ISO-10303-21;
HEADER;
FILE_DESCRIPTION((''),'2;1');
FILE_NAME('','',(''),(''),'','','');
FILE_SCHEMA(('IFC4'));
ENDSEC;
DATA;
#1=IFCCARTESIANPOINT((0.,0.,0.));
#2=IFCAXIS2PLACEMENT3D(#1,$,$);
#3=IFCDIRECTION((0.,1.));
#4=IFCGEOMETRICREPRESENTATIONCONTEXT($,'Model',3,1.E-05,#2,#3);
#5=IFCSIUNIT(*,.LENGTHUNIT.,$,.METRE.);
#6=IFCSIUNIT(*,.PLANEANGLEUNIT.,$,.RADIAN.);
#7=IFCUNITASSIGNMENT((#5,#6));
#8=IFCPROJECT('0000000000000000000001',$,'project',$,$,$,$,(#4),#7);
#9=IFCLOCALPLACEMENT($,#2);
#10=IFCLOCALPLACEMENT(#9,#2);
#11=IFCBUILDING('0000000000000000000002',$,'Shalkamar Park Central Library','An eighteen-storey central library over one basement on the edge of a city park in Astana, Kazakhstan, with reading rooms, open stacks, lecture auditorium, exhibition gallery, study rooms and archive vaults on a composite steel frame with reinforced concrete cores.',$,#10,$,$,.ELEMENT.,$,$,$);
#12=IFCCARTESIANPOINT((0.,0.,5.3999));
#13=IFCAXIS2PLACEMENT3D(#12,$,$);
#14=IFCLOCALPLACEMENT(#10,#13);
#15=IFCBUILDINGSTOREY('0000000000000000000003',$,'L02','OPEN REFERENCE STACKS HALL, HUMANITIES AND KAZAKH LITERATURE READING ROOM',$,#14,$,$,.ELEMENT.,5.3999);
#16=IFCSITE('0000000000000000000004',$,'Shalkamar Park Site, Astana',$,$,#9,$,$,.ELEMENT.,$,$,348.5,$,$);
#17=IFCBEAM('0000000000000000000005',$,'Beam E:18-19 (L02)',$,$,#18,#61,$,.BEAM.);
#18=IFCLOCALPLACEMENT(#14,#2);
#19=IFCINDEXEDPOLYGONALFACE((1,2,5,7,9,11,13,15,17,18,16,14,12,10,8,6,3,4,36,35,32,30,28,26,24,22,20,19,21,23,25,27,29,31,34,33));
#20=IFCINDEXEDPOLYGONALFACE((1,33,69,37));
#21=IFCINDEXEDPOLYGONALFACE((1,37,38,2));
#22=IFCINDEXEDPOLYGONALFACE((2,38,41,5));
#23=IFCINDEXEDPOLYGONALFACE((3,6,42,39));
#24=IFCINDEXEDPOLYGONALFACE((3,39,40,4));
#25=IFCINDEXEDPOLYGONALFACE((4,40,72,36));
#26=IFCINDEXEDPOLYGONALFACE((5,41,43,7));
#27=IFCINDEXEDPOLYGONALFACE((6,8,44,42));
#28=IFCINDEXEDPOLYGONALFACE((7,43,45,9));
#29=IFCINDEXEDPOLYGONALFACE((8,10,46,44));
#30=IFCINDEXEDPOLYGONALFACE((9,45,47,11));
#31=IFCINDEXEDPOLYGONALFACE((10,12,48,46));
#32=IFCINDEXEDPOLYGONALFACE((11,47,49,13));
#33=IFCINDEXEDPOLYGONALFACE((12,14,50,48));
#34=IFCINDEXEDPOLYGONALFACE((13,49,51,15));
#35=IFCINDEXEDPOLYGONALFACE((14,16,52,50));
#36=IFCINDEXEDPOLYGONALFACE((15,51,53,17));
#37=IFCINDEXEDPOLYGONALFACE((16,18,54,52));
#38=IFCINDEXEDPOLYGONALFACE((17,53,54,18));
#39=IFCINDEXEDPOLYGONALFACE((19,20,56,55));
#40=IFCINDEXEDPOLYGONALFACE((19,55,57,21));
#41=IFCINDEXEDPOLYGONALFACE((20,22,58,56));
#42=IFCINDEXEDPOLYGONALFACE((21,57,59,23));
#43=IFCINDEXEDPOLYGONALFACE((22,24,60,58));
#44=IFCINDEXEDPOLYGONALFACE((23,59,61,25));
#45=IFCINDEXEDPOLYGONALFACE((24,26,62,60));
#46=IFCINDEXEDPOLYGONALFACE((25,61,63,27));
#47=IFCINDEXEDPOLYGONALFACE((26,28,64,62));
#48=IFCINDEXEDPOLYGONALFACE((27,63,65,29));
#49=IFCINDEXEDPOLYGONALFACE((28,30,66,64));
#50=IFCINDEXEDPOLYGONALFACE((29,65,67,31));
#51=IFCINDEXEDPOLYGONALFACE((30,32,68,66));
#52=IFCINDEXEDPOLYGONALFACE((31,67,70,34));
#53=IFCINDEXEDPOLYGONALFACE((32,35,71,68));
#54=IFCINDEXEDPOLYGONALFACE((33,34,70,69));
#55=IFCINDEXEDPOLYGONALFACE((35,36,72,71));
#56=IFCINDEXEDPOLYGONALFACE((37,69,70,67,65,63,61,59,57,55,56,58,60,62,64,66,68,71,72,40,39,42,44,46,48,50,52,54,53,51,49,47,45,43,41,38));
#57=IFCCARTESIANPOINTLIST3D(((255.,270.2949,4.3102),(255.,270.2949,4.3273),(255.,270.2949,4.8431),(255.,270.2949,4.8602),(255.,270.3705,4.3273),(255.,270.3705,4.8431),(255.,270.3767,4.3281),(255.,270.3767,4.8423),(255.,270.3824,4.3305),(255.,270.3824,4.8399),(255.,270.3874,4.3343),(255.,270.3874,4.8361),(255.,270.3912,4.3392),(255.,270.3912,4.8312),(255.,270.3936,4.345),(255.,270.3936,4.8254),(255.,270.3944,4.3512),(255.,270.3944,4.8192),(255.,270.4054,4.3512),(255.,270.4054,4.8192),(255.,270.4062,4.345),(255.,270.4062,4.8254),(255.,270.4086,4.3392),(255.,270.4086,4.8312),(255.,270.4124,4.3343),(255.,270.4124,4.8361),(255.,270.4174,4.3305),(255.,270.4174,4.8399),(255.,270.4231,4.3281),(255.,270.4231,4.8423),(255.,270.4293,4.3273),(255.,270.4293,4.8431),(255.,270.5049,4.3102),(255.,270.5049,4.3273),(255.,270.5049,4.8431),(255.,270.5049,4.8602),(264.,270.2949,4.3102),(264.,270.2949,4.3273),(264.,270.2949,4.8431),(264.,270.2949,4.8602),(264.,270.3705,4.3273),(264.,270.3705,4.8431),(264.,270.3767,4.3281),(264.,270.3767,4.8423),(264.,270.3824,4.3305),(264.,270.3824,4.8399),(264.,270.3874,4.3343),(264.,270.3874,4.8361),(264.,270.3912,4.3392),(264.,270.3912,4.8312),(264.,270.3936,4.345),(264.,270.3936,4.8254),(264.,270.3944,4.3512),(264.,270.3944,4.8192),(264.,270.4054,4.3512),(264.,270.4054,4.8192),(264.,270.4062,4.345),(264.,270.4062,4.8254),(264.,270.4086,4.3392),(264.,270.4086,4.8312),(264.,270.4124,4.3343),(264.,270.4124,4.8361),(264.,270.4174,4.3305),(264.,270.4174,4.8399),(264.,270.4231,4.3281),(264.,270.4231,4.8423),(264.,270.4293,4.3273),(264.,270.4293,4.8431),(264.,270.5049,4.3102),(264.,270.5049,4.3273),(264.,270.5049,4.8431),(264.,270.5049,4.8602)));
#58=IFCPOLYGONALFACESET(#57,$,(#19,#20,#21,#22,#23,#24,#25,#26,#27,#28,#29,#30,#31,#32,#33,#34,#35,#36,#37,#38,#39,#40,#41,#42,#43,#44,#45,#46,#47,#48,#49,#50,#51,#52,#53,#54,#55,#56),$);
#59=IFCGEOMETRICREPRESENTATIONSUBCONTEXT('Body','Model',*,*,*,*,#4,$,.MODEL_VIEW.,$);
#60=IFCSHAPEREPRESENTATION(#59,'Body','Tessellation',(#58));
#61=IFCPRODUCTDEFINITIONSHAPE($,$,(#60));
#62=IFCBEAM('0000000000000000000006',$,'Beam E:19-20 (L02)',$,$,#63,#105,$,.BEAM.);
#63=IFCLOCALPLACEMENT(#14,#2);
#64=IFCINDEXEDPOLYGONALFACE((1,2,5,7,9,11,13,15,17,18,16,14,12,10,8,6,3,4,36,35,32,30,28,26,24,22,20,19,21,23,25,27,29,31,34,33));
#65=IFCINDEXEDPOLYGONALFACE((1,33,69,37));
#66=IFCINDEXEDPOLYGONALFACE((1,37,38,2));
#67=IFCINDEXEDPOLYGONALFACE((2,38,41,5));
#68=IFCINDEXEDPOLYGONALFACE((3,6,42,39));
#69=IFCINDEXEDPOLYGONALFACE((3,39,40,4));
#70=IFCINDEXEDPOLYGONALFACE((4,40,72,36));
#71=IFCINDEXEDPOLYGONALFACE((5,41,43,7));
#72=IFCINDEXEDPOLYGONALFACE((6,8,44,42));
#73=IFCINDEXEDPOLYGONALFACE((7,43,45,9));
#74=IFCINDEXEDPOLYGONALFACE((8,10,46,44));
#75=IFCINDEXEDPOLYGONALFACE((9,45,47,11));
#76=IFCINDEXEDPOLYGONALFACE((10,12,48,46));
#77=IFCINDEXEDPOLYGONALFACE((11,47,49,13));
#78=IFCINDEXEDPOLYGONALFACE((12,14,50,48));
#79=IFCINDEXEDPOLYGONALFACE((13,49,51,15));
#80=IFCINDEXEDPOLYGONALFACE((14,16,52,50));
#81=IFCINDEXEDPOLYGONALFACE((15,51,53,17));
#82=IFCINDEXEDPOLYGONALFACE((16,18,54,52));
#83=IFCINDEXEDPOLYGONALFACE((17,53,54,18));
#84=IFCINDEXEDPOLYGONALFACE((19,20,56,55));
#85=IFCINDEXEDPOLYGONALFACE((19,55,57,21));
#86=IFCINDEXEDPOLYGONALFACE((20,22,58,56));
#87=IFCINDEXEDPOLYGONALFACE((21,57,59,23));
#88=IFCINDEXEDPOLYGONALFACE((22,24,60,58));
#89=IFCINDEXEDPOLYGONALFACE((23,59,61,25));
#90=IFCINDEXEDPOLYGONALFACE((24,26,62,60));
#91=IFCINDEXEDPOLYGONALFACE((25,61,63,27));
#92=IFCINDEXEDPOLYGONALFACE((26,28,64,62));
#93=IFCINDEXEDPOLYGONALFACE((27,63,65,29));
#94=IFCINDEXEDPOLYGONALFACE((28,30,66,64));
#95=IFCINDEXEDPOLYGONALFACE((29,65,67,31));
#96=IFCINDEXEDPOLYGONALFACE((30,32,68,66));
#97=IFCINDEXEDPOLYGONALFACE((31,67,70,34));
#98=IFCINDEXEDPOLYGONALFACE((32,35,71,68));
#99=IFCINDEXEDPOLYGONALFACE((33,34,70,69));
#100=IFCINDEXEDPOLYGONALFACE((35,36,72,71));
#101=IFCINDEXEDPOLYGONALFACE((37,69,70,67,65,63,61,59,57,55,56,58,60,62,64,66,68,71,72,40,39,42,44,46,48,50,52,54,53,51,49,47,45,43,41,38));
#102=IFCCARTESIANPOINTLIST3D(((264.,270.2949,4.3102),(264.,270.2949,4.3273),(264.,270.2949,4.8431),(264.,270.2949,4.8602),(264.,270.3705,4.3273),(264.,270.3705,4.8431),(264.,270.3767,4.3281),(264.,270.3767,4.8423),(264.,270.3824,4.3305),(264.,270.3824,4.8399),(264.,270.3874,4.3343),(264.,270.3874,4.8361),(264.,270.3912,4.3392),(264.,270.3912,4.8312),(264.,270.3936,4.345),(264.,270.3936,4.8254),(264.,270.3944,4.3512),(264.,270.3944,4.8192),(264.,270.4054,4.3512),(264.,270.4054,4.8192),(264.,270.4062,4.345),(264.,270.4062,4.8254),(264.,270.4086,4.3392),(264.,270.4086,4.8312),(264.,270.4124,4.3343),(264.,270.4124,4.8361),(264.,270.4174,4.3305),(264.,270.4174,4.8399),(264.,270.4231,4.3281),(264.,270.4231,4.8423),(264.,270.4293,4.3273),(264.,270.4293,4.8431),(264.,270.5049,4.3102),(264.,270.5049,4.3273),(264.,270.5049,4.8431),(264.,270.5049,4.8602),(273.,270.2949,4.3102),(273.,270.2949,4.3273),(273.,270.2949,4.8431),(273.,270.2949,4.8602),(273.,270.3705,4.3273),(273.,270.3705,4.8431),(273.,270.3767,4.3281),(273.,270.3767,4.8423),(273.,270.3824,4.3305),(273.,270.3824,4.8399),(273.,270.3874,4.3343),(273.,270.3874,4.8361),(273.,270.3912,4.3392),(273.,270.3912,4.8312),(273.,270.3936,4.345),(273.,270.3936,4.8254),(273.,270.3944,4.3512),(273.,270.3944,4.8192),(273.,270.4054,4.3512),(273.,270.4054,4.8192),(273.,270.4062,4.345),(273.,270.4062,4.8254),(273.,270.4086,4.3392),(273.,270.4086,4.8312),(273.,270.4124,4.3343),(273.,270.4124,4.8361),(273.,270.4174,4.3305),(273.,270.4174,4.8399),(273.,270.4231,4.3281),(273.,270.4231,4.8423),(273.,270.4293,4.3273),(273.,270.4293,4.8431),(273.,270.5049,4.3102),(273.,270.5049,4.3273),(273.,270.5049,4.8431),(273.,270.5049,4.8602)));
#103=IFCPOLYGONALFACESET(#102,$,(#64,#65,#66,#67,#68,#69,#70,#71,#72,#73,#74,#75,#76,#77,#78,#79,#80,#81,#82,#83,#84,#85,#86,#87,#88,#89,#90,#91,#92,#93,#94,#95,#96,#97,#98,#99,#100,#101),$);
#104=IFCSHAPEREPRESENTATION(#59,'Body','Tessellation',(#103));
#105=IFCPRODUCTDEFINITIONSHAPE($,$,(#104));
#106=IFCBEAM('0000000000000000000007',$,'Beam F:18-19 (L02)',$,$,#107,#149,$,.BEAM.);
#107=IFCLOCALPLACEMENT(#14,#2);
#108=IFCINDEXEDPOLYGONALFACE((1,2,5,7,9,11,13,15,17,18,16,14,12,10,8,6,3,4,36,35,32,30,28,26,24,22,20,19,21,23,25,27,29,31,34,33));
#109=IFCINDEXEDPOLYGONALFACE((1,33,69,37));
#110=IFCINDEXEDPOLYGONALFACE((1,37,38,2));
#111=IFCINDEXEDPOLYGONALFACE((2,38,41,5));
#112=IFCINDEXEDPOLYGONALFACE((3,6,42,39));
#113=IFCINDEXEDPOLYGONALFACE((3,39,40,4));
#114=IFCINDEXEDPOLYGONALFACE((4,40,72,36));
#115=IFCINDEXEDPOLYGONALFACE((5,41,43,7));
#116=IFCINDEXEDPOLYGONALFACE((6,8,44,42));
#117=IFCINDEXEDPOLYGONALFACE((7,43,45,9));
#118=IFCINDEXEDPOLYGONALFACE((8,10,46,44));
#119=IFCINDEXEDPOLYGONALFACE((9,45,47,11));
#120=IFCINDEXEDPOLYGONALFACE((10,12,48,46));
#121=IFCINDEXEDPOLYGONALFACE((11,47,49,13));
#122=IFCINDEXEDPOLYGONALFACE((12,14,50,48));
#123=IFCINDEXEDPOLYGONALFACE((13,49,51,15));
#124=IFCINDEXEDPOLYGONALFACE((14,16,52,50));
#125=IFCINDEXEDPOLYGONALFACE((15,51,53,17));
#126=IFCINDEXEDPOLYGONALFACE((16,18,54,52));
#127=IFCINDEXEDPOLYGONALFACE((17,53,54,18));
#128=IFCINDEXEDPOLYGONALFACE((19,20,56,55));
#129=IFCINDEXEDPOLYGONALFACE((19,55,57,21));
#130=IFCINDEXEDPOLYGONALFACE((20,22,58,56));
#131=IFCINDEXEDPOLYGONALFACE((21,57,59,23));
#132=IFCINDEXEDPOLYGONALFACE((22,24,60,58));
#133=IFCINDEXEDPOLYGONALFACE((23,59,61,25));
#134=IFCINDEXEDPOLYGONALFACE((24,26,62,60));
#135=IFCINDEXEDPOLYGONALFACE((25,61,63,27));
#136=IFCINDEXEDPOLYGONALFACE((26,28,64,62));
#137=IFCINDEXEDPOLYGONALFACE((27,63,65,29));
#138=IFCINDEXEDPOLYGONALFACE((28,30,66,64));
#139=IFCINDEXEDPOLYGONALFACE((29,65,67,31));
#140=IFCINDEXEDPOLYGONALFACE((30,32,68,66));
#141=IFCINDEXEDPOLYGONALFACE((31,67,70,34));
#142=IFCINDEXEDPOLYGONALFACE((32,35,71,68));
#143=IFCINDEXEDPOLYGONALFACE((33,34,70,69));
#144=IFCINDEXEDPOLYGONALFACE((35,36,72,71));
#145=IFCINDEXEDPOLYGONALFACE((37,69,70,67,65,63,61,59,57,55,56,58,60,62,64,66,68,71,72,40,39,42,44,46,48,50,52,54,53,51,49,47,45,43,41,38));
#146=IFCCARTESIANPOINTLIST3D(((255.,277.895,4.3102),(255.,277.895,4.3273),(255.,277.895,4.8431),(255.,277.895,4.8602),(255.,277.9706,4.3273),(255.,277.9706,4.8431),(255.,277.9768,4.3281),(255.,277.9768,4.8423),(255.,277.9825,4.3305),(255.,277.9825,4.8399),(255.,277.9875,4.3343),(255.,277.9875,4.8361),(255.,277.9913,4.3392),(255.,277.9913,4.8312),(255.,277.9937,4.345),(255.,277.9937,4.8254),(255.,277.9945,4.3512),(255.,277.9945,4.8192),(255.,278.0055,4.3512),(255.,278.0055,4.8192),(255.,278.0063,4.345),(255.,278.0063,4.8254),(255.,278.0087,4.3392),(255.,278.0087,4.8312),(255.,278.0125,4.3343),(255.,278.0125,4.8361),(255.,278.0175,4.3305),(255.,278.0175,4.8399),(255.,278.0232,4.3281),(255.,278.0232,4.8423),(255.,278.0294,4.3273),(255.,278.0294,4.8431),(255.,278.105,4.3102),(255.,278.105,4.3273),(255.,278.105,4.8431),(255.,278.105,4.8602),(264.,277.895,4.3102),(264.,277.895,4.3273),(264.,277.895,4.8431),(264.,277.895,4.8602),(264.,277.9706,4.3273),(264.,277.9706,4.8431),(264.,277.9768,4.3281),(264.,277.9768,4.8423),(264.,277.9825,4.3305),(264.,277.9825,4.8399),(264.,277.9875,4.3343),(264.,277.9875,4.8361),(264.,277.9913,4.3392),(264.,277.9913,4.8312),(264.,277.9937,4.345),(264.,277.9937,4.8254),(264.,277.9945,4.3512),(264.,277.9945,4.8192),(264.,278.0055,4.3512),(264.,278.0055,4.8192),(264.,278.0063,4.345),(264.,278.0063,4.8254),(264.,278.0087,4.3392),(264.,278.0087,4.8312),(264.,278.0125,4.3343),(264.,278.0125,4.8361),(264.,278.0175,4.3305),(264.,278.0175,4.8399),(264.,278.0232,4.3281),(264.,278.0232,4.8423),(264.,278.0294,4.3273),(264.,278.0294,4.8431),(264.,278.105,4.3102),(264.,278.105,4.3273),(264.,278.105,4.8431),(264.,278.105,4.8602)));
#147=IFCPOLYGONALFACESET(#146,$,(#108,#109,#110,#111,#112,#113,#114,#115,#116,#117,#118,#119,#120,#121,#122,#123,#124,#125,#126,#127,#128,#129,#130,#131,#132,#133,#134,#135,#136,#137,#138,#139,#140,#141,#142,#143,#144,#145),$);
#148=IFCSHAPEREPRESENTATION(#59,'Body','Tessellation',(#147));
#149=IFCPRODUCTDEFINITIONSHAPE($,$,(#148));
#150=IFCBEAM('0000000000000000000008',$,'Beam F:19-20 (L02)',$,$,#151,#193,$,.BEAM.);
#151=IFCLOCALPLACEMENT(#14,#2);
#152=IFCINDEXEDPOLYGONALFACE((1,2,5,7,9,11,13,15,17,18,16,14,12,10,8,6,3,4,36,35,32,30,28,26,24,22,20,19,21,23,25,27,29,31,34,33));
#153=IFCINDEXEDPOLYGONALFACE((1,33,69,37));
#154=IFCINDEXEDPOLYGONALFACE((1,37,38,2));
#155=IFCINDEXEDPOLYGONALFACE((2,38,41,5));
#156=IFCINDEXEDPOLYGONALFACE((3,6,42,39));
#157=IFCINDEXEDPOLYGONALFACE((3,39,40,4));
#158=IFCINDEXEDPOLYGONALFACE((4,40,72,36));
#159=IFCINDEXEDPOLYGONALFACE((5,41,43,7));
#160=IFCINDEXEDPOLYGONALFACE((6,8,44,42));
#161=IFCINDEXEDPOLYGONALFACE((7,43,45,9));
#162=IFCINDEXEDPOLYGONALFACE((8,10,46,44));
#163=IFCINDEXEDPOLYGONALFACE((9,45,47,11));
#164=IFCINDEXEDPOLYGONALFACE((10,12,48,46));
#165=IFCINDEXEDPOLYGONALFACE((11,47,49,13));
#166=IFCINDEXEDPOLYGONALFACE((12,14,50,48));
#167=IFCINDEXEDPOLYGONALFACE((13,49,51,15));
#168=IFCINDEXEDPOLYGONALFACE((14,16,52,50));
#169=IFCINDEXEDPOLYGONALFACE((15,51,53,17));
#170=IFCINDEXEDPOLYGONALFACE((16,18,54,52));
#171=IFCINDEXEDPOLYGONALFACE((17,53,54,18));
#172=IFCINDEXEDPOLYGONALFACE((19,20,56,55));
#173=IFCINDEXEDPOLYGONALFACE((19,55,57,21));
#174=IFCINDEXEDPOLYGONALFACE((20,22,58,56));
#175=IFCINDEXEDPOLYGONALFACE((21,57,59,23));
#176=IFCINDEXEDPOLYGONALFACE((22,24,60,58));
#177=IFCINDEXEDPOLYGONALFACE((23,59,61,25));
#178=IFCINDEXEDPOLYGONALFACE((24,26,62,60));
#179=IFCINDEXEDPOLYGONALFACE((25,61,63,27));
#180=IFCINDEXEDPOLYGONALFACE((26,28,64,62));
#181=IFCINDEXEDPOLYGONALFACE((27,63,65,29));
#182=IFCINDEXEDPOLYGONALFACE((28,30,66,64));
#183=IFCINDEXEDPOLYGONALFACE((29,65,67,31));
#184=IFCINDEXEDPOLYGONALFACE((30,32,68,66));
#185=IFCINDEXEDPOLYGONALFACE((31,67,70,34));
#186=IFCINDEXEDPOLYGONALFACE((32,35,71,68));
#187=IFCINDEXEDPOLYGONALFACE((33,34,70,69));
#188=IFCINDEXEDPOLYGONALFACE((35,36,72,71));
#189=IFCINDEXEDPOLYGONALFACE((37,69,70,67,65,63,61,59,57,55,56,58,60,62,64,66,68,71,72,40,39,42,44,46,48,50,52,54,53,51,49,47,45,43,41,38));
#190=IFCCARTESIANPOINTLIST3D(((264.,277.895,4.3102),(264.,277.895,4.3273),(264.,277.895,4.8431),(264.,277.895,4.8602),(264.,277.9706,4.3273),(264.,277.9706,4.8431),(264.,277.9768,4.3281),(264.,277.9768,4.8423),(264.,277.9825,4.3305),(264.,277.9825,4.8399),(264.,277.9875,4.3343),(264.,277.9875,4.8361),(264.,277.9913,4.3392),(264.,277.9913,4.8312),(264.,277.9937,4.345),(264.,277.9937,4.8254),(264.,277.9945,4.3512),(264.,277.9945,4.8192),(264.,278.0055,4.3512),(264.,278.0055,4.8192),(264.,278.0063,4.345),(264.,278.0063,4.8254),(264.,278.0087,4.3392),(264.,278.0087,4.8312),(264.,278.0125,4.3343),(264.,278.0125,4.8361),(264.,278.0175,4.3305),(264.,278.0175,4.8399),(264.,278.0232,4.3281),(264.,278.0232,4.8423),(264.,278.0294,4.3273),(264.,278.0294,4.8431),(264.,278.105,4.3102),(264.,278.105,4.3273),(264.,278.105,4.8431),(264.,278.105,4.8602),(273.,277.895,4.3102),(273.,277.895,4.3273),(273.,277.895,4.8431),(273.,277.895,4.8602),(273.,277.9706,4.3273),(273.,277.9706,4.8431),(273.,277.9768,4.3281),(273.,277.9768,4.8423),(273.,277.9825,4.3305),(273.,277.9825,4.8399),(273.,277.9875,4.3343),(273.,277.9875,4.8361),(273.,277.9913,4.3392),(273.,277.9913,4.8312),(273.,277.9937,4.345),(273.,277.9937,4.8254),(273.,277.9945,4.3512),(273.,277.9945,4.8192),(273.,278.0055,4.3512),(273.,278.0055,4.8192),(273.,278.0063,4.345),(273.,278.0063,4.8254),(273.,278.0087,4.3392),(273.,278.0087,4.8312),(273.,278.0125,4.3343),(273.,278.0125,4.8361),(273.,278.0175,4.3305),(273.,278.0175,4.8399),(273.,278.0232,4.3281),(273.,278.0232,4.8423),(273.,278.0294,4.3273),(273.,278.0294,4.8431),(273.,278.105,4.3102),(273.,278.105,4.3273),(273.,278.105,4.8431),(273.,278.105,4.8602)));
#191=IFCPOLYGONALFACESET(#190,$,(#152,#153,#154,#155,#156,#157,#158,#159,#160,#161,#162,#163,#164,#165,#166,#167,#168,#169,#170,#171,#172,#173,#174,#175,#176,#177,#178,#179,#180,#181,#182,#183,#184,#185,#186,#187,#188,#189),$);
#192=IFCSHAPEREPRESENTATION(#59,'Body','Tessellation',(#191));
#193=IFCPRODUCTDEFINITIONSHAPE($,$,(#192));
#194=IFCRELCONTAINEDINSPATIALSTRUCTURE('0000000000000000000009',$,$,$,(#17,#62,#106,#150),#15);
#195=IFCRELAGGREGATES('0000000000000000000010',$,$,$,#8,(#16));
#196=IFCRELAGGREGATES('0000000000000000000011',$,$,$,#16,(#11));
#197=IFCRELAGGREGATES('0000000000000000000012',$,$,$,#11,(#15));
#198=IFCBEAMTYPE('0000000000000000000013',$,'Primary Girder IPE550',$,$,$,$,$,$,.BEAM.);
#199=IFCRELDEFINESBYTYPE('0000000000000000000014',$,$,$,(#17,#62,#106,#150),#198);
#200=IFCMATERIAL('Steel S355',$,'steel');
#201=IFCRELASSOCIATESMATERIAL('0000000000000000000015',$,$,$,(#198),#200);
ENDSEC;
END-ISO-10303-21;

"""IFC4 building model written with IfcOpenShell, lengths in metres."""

from ifc_helpers import new_model, si_unit, direction, frame, origin, origin_2d, place, context, subcontext, project, spatial, i_section, extrude, material, material_profile, profile_set, type_object, element, save


model = new_model("IFC4")

# Units and contexts
model_context = context("Model", 3, precision=1e-05, world=origin(), true_north=direction((0.0, 1.0)))
body_context = subcontext(model_context, "Body", "Model", "MODEL_VIEW")
ifc_project = project(units=[si_unit("LENGTHUNIT", "METRE"), si_unit("PLANEANGLEUNIT", "RADIAN")], contexts=[model_context])

# Site, building, storey
site_placement = place(None, origin())
site = spatial("IfcSite", under=ifc_project, at=site_placement, Name="Shalkamar Park Site, Astana", CompositionType="ELEMENT", RefElevation=348.5)
building_placement = place(site_placement, origin())
building = spatial("IfcBuilding", under=site, at=building_placement, Name="Shalkamar Park Central Library", Description="An eighteen-storey central library over one basement on the edge of a city park in Astana, Kazakhstan, with reading rooms, open stacks, lecture auditorium, exhibition gallery, study rooms and archive vaults on a composite steel frame with reinforced concrete cores.", CompositionType="ELEMENT")
storey_placement = place(building_placement, frame((0.0, 0.0, 5.3999)))
storey = spatial("IfcBuildingStorey", under=building, at=storey_placement, Name="L02", Description="OPEN REFERENCE STACKS HALL, HUMANITIES AND KAZAKH LITERATURE READING ROOM", CompositionType="ELEMENT", Elevation=5.3999)

# Shared definitions
ifc_material_1 = material(Name="Steel S355", Category="steel")

# Beams
ifc_material_profile_1 = material_profile(ifc_material_1, i_section(OverallWidth=0.21, OverallDepth=0.55, WebThickness=0.011, FlangeThickness=0.0171, FilletRadius=0.0239, at=origin_2d()), Name="IPE 550")
ifc_profile_set_1 = profile_set([ifc_material_profile_1], Name="Steel S355")
beam_type_1 = type_object("IfcBeamType", Name="Primary Girder IPE550", PredefinedType="BEAM", material=ifc_profile_set_1)
for number, where, z_axis, x_axis, name in (
    (1, (255.0, 270.3999, 4.5852), (1.0, 0.0, 0.0), (0.0, 1.0, 0.0), "Beam E:18-19 (L02)"),
    (2, (264.0, 270.3999, 4.5852), (1.0, 0.0, 0.0), (0.0, 1.0, 0.0), "Beam E:19-20 (L02)"),
    (3, (255.0, 278.0, 4.5852), (1.0, 0.0, 0.0), (0.0, 1.0, 0.0), "Beam F:18-19 (L02)"),
    (4, (264.0, 278.0, 4.5852), (1.0, 0.0, 0.0), (0.0, 1.0, 0.0), "Beam F:19-20 (L02)"),
):
    element("IfcBeam", number, at=place(storey_placement, frame(where, z_axis=z_axis, x_axis=x_axis)), inside=storey, type_object=beam_type_1, Name=name, PredefinedType="BEAM", context=body_context, shape_type="SweptSolid", body=[
        extrude(i_section(OverallWidth=0.21, OverallDepth=0.55, WebThickness=0.011, FlangeThickness=0.0171, FilletRadius=0.0239, at=origin_2d()), origin(), (0.0, 0.0, 1.0), 9.0),
    ])

save(model, "model.ifc")
